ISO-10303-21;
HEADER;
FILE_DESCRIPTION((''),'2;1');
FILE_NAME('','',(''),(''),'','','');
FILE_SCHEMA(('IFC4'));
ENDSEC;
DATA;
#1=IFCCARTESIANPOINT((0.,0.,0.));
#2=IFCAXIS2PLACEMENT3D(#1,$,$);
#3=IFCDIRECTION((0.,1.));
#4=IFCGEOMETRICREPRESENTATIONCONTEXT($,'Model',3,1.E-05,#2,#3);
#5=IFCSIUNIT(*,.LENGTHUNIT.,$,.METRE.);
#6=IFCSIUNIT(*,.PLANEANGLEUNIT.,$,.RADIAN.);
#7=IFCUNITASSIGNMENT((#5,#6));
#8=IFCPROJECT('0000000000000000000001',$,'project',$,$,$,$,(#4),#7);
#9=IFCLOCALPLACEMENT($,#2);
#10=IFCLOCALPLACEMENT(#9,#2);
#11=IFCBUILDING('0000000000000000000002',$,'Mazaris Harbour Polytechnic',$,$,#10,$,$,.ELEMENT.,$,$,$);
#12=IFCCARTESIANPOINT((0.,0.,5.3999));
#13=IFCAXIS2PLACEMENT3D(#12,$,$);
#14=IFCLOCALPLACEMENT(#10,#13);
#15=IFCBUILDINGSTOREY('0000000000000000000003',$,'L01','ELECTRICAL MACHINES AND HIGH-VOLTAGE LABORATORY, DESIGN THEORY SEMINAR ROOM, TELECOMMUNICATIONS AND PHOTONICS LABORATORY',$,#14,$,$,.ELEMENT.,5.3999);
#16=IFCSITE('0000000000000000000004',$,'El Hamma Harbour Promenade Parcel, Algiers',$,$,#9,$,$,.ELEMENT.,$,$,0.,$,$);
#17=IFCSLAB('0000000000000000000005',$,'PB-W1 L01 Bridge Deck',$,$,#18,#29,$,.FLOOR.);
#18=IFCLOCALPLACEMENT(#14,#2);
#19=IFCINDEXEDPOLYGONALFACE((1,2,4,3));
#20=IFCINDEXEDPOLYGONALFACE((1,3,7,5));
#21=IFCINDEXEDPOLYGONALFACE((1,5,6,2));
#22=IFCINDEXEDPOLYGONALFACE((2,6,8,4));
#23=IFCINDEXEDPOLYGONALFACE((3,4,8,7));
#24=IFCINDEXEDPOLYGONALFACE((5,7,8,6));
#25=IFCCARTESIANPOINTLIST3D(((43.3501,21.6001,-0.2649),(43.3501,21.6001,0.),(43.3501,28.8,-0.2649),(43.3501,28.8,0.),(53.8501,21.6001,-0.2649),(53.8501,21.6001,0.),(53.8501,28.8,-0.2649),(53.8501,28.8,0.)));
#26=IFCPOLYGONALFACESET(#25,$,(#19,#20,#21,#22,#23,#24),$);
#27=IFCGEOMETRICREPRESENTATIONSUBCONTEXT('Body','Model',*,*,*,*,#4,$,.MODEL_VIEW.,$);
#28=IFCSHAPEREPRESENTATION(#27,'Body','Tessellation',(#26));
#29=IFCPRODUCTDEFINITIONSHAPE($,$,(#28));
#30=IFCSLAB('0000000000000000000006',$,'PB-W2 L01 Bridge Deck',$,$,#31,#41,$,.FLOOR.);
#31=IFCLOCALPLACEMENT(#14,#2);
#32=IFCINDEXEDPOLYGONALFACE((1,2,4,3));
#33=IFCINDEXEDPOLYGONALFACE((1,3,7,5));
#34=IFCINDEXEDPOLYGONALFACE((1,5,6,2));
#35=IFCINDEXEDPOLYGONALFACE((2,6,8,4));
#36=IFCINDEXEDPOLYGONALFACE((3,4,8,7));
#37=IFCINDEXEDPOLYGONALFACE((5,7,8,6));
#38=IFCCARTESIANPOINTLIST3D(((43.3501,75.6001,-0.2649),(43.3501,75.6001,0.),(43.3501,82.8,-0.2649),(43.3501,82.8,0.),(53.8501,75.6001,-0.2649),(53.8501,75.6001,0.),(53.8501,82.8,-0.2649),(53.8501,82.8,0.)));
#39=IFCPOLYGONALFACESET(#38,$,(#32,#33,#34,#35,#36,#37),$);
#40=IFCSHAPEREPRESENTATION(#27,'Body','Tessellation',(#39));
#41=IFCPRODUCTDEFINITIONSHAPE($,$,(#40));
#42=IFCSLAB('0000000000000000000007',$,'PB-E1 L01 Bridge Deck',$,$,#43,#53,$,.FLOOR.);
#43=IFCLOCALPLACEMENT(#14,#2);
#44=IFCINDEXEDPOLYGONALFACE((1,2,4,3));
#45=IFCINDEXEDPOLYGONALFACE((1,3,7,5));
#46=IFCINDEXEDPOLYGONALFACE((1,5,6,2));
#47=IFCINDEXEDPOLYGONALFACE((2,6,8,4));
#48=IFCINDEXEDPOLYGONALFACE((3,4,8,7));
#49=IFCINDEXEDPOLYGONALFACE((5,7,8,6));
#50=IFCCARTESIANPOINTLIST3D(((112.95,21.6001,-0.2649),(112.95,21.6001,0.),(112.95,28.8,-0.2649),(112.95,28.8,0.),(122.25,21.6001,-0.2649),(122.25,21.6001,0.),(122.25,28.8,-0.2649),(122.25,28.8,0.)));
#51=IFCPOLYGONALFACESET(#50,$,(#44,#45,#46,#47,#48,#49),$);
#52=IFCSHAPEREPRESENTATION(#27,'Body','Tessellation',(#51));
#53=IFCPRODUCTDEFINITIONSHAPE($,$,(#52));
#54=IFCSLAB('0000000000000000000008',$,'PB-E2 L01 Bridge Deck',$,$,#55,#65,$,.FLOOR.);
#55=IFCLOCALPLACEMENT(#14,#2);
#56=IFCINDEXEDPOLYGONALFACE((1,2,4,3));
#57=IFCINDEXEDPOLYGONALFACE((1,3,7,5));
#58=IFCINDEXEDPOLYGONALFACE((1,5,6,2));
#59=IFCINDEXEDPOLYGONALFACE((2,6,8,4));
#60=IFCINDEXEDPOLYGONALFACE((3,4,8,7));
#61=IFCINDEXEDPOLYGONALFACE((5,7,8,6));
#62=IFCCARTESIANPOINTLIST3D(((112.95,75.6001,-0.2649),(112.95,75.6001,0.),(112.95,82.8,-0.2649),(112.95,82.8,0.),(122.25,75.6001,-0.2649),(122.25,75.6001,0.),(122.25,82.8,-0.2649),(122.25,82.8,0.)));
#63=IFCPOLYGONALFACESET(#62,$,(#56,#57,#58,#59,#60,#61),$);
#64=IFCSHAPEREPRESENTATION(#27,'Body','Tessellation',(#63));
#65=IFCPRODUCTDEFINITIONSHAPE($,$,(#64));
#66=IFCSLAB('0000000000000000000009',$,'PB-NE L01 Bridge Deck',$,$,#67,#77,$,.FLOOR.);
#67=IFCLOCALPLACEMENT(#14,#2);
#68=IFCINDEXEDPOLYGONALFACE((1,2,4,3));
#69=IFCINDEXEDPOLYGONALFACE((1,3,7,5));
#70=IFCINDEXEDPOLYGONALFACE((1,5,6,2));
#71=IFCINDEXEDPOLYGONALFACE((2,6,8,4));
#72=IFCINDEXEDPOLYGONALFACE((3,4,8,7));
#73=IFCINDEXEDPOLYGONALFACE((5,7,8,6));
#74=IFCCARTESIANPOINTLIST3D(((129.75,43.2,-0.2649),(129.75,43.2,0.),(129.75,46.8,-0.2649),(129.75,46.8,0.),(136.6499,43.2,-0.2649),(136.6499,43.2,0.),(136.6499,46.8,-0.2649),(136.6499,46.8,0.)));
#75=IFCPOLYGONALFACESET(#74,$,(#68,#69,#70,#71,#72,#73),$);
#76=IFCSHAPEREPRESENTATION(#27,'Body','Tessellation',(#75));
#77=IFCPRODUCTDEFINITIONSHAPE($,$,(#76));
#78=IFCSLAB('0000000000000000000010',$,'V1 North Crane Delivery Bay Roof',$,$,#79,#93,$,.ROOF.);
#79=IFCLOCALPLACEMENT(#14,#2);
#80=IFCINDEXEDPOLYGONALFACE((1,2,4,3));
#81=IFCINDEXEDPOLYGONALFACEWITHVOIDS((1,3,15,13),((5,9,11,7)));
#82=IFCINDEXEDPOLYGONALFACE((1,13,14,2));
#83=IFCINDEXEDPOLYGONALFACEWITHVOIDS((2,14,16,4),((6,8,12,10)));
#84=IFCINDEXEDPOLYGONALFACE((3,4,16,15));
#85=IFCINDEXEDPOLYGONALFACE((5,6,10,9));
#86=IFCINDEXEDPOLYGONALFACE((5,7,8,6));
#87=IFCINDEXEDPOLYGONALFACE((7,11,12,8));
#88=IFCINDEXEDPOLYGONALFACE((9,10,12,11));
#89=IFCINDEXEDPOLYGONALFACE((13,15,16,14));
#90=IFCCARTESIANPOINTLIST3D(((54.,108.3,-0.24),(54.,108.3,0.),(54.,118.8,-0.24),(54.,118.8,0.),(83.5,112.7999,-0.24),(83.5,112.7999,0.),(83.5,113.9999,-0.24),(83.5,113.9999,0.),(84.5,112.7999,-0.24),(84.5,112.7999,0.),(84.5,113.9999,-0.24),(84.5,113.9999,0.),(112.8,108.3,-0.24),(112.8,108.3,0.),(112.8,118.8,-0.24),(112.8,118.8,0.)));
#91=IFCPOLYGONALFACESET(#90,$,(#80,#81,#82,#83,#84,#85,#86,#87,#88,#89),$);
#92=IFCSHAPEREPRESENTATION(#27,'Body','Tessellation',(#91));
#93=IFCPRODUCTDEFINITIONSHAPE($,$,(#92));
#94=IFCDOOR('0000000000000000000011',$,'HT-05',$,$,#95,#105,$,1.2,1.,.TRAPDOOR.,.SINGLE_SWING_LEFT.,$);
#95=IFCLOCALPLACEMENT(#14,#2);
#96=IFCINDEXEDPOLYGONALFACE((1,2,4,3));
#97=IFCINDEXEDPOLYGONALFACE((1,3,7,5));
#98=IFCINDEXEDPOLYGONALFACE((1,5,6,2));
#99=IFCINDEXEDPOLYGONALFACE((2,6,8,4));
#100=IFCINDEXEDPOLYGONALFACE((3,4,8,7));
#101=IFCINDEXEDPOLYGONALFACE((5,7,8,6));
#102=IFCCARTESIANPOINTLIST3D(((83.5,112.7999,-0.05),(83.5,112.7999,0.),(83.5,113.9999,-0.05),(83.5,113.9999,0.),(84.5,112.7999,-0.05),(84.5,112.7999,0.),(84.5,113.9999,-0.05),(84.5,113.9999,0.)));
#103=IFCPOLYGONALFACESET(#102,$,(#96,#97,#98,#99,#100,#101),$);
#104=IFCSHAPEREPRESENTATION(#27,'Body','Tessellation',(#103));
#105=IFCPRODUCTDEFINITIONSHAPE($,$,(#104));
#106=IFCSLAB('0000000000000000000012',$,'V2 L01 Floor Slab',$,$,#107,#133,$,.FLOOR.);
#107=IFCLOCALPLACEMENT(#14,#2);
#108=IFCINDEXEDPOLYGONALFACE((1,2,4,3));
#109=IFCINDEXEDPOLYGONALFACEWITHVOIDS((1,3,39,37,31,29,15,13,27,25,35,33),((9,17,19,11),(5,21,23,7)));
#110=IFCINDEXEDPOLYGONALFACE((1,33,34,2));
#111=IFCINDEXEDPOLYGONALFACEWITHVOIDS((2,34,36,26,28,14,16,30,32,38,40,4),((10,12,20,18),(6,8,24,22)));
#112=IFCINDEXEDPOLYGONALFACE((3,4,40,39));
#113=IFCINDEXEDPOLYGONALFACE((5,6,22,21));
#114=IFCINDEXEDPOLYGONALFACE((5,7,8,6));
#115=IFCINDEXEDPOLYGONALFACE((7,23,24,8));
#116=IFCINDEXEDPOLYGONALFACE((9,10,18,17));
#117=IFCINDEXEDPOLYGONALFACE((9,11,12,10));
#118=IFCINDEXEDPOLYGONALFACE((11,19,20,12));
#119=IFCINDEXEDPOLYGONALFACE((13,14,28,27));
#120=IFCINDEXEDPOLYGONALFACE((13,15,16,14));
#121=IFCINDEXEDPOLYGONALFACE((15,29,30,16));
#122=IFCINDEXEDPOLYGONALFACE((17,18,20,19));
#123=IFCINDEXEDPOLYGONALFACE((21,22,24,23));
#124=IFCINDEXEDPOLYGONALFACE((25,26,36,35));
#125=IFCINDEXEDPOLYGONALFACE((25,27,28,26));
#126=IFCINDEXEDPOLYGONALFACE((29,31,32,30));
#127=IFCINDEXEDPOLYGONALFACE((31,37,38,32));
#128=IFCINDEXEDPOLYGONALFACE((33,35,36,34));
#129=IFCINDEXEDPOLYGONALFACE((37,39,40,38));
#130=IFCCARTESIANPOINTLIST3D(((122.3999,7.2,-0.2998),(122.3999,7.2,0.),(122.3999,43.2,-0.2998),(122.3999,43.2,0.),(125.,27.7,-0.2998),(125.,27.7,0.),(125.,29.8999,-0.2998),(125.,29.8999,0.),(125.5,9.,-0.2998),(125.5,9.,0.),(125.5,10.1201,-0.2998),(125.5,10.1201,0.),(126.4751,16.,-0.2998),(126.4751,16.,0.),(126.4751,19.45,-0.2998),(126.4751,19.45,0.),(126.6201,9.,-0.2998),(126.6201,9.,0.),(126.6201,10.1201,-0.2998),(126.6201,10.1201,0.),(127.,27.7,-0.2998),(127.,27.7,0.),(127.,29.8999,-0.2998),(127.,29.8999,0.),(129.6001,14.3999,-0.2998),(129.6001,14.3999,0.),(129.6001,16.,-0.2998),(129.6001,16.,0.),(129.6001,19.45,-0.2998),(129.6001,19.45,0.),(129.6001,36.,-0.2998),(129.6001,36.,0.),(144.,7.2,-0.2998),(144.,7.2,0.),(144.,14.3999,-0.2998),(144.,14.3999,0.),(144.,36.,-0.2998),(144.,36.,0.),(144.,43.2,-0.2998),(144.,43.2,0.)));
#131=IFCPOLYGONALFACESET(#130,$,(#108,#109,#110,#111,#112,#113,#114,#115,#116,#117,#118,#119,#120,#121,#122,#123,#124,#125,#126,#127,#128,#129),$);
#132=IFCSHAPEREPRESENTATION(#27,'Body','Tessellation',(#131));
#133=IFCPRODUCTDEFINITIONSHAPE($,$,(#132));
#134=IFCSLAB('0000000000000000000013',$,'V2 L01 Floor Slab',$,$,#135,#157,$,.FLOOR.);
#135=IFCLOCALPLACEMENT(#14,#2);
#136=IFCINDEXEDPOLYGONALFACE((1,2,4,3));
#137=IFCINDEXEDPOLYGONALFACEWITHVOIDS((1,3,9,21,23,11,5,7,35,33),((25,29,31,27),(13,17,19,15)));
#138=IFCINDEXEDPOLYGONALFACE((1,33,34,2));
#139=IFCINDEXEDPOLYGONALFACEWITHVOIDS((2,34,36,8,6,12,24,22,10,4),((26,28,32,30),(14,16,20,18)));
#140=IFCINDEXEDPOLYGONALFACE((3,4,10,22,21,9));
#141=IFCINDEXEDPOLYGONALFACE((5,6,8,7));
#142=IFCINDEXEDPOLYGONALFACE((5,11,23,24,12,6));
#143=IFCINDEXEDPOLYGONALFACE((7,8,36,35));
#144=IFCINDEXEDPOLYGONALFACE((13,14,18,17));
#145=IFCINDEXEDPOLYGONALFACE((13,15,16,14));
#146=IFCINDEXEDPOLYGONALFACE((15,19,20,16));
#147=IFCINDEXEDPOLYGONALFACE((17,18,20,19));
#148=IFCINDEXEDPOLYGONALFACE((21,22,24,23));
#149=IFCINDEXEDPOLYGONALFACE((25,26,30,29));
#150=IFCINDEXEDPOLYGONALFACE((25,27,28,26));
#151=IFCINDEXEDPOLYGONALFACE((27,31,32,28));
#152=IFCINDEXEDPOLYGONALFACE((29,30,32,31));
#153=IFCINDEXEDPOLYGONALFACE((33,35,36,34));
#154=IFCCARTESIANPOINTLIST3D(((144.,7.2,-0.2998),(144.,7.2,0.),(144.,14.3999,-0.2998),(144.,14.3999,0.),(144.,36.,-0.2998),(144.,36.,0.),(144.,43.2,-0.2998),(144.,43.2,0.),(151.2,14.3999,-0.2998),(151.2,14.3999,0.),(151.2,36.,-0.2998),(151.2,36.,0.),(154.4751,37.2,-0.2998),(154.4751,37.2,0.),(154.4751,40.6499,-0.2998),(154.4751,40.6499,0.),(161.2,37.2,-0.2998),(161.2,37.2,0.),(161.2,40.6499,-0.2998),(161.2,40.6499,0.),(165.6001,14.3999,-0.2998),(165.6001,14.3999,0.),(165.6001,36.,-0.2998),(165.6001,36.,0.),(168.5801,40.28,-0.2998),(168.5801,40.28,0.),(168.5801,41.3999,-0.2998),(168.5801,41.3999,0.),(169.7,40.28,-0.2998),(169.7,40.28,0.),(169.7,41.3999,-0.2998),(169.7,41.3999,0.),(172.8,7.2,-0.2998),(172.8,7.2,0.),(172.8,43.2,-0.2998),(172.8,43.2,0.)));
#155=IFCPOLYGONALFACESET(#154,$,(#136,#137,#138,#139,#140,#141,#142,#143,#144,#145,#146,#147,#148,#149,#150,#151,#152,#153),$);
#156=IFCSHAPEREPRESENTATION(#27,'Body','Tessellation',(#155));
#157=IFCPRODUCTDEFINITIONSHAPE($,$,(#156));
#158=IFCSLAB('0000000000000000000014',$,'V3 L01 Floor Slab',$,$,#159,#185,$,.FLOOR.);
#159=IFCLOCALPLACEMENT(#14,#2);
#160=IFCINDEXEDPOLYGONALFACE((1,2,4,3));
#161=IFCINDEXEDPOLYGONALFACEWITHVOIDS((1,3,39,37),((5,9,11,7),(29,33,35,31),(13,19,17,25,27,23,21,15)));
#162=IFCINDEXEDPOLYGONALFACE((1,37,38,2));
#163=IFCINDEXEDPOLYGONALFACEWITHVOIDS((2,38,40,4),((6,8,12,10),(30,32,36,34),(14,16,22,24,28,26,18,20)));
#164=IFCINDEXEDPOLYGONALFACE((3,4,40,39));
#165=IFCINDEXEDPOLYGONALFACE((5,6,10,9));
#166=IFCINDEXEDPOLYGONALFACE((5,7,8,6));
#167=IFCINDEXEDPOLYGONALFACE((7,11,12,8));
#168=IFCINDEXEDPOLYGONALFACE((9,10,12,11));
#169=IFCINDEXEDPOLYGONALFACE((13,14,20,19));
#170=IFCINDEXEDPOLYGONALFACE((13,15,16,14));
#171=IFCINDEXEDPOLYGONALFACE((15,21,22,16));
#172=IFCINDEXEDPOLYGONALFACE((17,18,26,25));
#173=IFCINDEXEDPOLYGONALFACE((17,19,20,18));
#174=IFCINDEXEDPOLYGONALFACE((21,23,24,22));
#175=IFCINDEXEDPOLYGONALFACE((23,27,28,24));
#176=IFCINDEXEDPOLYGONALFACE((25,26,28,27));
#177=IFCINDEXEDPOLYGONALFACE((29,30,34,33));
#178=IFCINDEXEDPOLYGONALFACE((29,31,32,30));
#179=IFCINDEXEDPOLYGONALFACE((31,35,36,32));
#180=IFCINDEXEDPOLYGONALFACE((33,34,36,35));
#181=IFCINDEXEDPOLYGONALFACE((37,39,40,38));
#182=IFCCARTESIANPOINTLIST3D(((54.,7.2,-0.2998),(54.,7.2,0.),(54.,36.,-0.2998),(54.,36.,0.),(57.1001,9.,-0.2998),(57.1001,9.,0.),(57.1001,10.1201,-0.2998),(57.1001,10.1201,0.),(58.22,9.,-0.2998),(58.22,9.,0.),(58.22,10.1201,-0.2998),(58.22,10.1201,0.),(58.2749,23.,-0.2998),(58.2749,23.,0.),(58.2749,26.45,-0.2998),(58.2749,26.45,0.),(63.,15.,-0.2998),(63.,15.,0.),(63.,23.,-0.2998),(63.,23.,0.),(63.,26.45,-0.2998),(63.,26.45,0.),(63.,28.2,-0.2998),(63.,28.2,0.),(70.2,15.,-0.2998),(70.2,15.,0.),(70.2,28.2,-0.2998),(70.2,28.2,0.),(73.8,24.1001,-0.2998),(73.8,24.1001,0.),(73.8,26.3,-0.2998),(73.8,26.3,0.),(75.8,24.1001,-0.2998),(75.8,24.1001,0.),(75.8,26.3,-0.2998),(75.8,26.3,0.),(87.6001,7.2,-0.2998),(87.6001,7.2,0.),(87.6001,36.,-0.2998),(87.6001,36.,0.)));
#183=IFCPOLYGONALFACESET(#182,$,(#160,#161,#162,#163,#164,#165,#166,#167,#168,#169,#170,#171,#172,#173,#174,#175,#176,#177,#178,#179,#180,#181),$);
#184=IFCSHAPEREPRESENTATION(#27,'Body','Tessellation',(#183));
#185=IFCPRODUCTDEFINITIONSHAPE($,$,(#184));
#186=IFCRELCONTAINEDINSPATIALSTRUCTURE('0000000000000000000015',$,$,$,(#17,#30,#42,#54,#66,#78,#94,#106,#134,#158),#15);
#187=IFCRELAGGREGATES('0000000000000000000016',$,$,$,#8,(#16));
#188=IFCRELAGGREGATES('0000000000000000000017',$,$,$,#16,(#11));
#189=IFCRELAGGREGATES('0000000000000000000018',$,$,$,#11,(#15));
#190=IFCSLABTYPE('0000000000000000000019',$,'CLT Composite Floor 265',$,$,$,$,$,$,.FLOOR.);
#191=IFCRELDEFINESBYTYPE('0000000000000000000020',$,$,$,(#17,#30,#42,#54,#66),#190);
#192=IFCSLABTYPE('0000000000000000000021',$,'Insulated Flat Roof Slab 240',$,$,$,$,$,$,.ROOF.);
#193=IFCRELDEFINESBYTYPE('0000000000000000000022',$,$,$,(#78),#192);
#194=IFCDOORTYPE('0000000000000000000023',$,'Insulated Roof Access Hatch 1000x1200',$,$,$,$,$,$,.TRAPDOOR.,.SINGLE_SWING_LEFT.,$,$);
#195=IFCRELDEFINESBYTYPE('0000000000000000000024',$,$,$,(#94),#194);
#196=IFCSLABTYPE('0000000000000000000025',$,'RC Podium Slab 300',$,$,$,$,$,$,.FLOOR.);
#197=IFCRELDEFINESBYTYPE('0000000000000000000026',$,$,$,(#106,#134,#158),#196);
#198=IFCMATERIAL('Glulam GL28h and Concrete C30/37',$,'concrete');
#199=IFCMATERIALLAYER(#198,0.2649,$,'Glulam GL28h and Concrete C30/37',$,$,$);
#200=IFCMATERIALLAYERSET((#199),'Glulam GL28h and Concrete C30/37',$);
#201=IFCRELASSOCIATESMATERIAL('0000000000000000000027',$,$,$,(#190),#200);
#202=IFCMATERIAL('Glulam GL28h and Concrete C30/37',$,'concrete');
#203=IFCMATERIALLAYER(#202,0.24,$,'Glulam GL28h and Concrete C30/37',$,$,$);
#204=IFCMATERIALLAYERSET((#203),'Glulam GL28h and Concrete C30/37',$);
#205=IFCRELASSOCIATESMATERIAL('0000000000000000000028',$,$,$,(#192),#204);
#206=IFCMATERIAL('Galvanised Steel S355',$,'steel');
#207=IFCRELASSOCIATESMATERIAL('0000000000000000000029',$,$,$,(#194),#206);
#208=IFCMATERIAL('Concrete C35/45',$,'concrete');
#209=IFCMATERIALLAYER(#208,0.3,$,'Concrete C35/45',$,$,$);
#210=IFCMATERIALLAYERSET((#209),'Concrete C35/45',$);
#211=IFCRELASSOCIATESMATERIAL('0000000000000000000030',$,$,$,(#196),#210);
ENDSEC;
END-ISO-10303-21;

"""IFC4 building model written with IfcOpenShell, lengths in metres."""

from ifc_helpers import new_model, si_unit, direction, frame, origin, origin_2d, place, context, subcontext, project, spatial, polyline, rectangle, outline, extrude, material, layer, layer_set, type_object, element, fill, save


model = new_model("IFC4")

# Units and contexts
model_context = context("Model", 3, precision=1e-05, world=origin(), true_north=direction((0.0, 1.0)))
body_context = subcontext(model_context, "Body", "Model", "MODEL_VIEW")
ifc_project = project(units=[si_unit("LENGTHUNIT", "METRE"), si_unit("PLANEANGLEUNIT", "RADIAN")], contexts=[model_context])

# Site, building, storey
site_placement = place(None, origin())
site = spatial("IfcSite", under=ifc_project, at=site_placement, Name="El Hamma Harbour Promenade Parcel, Algiers", CompositionType="ELEMENT", RefElevation=0.0)
building_placement = place(site_placement, origin())
building = spatial("IfcBuilding", under=site, at=building_placement, Name="Mazaris Harbour Polytechnic", CompositionType="ELEMENT")
storey_placement = place(building_placement, frame((0.0, 0.0, 5.3999)))
storey = spatial("IfcBuildingStorey", under=building, at=storey_placement, Name="L01", Description="ELECTRICAL MACHINES AND HIGH-VOLTAGE LABORATORY, DESIGN THEORY SEMINAR ROOM, TELECOMMUNICATIONS AND PHOTONICS LABORATORY", CompositionType="ELEMENT", Elevation=5.3999)

# Slabs
ifc_material_1 = material(Name="Glulam GL28h and Concrete C30/37", Category="concrete")
ifc_layer_1 = layer(ifc_material_1, 0.2649, Name="Glulam GL28h and Concrete C30/37")
ifc_layer_set_1 = layer_set([ifc_layer_1], Name="Glulam GL28h and Concrete C30/37")
slab_type_1 = type_object("IfcSlabType", Name="CLT Composite Floor 265", PredefinedType="FLOOR", material=ifc_layer_set_1)
slab_1_placement = place(storey_placement, frame((0.0, 0.0, -0.2649)))
element("IfcSlab", 1, at=slab_1_placement, inside=storey, type_object=slab_type_1, Name="PB-W1 L01 Bridge Deck", PredefinedType="FLOOR", context=body_context, shape_type="SweptSolid", body=[
    extrude(outline(polyline([(53.8501, 21.6001), (53.8501, 28.8), (43.3501, 28.8), (43.3501, 21.6001), (53.8501, 21.6001)])), origin(), (0.0, 0.0, 1.0), 0.2649),
])
slab_2_placement = place(storey_placement, frame((0.0, 0.0, -0.2649)))
element("IfcSlab", 2, at=slab_2_placement, inside=storey, type_object=slab_type_1, Name="PB-W2 L01 Bridge Deck", PredefinedType="FLOOR", context=body_context, shape_type="SweptSolid", body=[
    extrude(outline(polyline([(53.8501, 75.6001), (53.8501, 82.8), (43.3501, 82.8), (43.3501, 75.6001), (53.8501, 75.6001)])), origin(), (0.0, 0.0, 1.0), 0.2649),
])
slab_3_placement = place(storey_placement, frame((0.0, 0.0, -0.2649)))
element("IfcSlab", 3, at=slab_3_placement, inside=storey, type_object=slab_type_1, Name="PB-E1 L01 Bridge Deck", PredefinedType="FLOOR", context=body_context, shape_type="SweptSolid", body=[
    extrude(outline(polyline([(122.25, 21.6001), (122.25, 28.8), (112.95, 28.8), (112.95, 21.6001), (122.25, 21.6001)])), origin(), (0.0, 0.0, 1.0), 0.2649),
])
slab_4_placement = place(storey_placement, frame((0.0, 0.0, -0.2649)))
element("IfcSlab", 4, at=slab_4_placement, inside=storey, type_object=slab_type_1, Name="PB-E2 L01 Bridge Deck", PredefinedType="FLOOR", context=body_context, shape_type="SweptSolid", body=[
    extrude(outline(polyline([(122.25, 75.6001), (122.25, 82.8), (112.95, 82.8), (112.95, 75.6001), (122.25, 75.6001)])), origin(), (0.0, 0.0, 1.0), 0.2649),
])
slab_5_placement = place(storey_placement, frame((0.0, 0.0, -0.2649)))
element("IfcSlab", 5, at=slab_5_placement, inside=storey, type_object=slab_type_1, Name="PB-NE L01 Bridge Deck", PredefinedType="FLOOR", context=body_context, shape_type="SweptSolid", body=[
    extrude(outline(polyline([(136.6499, 43.2), (136.6499, 46.8), (129.75, 46.8), (129.75, 43.2), (136.6499, 43.2)])), origin(), (0.0, 0.0, 1.0), 0.2649),
])

# Slab, opening, door
ifc_material_2 = material(Name="Glulam GL28h and Concrete C30/37", Category="concrete")
ifc_layer_2 = layer(ifc_material_2, 0.24, Name="Glulam GL28h and Concrete C30/37")
ifc_layer_set_2 = layer_set([ifc_layer_2], Name="Glulam GL28h and Concrete C30/37")
slab_type_2 = type_object("IfcSlabType", Name="Insulated Flat Roof Slab 240", PredefinedType="ROOF", material=ifc_layer_set_2)
slab_6_placement = place(storey_placement, frame((0.0, 0.0, -0.24)))
slab_6 = element("IfcSlab", 6, at=slab_6_placement, inside=storey, type_object=slab_type_2, Name="V1 North Crane Delivery Bay Roof", PredefinedType="ROOF", context=body_context, shape_type="SweptSolid", body=[
    extrude(outline(polyline([(112.8, 108.3), (112.8, 118.8), (54.0, 118.8), (54.0, 108.3), (112.8, 108.3)])), origin(), (0.0, 0.0, 1.0), 0.24),
])
opening_placement = place(slab_6_placement, frame((84.0, 113.3999, 0.0)))
opening = element("IfcOpeningElement", 7, at=opening_placement, cuts=slab_6, PredefinedType="OPENING", context=body_context, shape_type="SweptSolid", body=[
    extrude(rectangle(XDim=1.0, YDim=1.2, at=origin_2d()), origin(), (0.0, 0.0, 1.0), 0.24),
])
ifc_material_3 = material(Name="Galvanised Steel S355", Category="steel")
door_type = type_object("IfcDoorType", Name="Insulated Roof Access Hatch 1000x1200", OperationType="SINGLE_SWING_LEFT", PredefinedType="TRAPDOOR", material=ifc_material_3)
door_placement = place(opening_placement, frame((0.0, 0.0, 0.1899)))
door = element("IfcDoor", 8, at=door_placement, inside=storey, type_object=door_type, Name="HT-05", OperationType="SINGLE_SWING_LEFT", OverallHeight=1.2, OverallWidth=1.0, PredefinedType="TRAPDOOR", context=body_context, shape_type="SweptSolid", body=[
    extrude(rectangle(XDim=1.0, YDim=1.2, at=origin_2d()), origin(), (0.0, 0.0, 1.0), 0.05),
])
fill(opening, door)

# Slabs
ifc_material_4 = material(Name="Concrete C35/45", Category="concrete")
ifc_layer_3 = layer(ifc_material_4, 0.3, Name="Concrete C35/45")
ifc_layer_set_3 = layer_set([ifc_layer_3], Name="Concrete C35/45")
slab_type_3 = type_object("IfcSlabType", Name="RC Podium Slab 300", PredefinedType="FLOOR", material=ifc_layer_set_3)
slab_7_placement = place(storey_placement, frame((0.0, 0.0, -0.2998)))
element("IfcSlab", 9, at=slab_7_placement, inside=storey, type_object=slab_type_3, Name="V2 L01 Floor Slab", PredefinedType="FLOOR", context=body_context, shape_type="SweptSolid", body=[
    extrude(outline(polyline([(122.3999, 7.2), (122.3999, 43.2), (144.0, 43.2), (144.0, 36.0), (129.6001, 36.0), (129.6001, 19.45), (126.4751, 19.45), (126.4751, 16.0), (129.6001, 16.0), (129.6001, 14.3999), (144.0, 14.3999), (144.0, 7.2), (122.3999, 7.2)]), holes=[polyline([(125.0, 29.8999), (125.0, 27.7), (127.0, 27.7), (127.0, 29.8999), (125.0, 29.8999)]), polyline([(125.5, 9.0), (126.6201, 9.0), (126.6201, 10.1201), (125.5, 10.1201), (125.5, 9.0)])]), origin(), (0.0, 0.0, 1.0), 0.2998),
])
slab_8_placement = place(storey_placement, frame((0.0, 0.0, -0.2998)))
element("IfcSlab", 10, at=slab_8_placement, inside=storey, type_object=slab_type_3, Name="V2 L01 Floor Slab", PredefinedType="FLOOR", context=body_context, shape_type="SweptSolid", body=[
    extrude(outline(polyline([(172.8, 7.2), (144.0, 7.2), (144.0, 14.3999), (151.2, 14.3999), (165.6001, 14.3999), (165.6001, 36.0), (151.2, 36.0), (144.0, 36.0), (144.0, 43.2), (172.8, 43.2), (172.8, 7.2)]), holes=[polyline([(154.4751, 37.2), (161.2, 37.2), (161.2, 40.6499), (154.4751, 40.6499), (154.4751, 37.2)]), polyline([(168.5801, 41.3999), (168.5801, 40.28), (169.7, 40.28), (169.7, 41.3999), (168.5801, 41.3999)])]), origin(), (0.0, 0.0, 1.0), 0.2998),
])
slab_9_placement = place(storey_placement, frame((0.0, 0.0, -0.2998)))
element("IfcSlab", 11, at=slab_9_placement, inside=storey, type_object=slab_type_3, Name="V3 L01 Floor Slab", PredefinedType="FLOOR", context=body_context, shape_type="SweptSolid", body=[
    extrude(outline(polyline([(87.6001, 36.0), (87.6001, 7.2), (54.0, 7.2), (54.0, 36.0), (87.6001, 36.0)]), holes=[polyline([(70.2, 28.2), (63.0, 28.2), (63.0, 26.45), (58.2749, 26.45), (58.2749, 23.0), (63.0, 23.0), (63.0, 15.0), (70.2, 15.0), (70.2, 28.2)]), polyline([(75.8, 26.3), (73.8, 26.3), (73.8, 24.1001), (75.8, 24.1001), (75.8, 26.3)]), polyline([(57.1001, 9.0), (58.22, 9.0), (58.22, 10.1201), (57.1001, 10.1201), (57.1001, 9.0)])]), origin(), (0.0, 0.0, 1.0), 0.2998),
])

save(model, "model.ifc")
